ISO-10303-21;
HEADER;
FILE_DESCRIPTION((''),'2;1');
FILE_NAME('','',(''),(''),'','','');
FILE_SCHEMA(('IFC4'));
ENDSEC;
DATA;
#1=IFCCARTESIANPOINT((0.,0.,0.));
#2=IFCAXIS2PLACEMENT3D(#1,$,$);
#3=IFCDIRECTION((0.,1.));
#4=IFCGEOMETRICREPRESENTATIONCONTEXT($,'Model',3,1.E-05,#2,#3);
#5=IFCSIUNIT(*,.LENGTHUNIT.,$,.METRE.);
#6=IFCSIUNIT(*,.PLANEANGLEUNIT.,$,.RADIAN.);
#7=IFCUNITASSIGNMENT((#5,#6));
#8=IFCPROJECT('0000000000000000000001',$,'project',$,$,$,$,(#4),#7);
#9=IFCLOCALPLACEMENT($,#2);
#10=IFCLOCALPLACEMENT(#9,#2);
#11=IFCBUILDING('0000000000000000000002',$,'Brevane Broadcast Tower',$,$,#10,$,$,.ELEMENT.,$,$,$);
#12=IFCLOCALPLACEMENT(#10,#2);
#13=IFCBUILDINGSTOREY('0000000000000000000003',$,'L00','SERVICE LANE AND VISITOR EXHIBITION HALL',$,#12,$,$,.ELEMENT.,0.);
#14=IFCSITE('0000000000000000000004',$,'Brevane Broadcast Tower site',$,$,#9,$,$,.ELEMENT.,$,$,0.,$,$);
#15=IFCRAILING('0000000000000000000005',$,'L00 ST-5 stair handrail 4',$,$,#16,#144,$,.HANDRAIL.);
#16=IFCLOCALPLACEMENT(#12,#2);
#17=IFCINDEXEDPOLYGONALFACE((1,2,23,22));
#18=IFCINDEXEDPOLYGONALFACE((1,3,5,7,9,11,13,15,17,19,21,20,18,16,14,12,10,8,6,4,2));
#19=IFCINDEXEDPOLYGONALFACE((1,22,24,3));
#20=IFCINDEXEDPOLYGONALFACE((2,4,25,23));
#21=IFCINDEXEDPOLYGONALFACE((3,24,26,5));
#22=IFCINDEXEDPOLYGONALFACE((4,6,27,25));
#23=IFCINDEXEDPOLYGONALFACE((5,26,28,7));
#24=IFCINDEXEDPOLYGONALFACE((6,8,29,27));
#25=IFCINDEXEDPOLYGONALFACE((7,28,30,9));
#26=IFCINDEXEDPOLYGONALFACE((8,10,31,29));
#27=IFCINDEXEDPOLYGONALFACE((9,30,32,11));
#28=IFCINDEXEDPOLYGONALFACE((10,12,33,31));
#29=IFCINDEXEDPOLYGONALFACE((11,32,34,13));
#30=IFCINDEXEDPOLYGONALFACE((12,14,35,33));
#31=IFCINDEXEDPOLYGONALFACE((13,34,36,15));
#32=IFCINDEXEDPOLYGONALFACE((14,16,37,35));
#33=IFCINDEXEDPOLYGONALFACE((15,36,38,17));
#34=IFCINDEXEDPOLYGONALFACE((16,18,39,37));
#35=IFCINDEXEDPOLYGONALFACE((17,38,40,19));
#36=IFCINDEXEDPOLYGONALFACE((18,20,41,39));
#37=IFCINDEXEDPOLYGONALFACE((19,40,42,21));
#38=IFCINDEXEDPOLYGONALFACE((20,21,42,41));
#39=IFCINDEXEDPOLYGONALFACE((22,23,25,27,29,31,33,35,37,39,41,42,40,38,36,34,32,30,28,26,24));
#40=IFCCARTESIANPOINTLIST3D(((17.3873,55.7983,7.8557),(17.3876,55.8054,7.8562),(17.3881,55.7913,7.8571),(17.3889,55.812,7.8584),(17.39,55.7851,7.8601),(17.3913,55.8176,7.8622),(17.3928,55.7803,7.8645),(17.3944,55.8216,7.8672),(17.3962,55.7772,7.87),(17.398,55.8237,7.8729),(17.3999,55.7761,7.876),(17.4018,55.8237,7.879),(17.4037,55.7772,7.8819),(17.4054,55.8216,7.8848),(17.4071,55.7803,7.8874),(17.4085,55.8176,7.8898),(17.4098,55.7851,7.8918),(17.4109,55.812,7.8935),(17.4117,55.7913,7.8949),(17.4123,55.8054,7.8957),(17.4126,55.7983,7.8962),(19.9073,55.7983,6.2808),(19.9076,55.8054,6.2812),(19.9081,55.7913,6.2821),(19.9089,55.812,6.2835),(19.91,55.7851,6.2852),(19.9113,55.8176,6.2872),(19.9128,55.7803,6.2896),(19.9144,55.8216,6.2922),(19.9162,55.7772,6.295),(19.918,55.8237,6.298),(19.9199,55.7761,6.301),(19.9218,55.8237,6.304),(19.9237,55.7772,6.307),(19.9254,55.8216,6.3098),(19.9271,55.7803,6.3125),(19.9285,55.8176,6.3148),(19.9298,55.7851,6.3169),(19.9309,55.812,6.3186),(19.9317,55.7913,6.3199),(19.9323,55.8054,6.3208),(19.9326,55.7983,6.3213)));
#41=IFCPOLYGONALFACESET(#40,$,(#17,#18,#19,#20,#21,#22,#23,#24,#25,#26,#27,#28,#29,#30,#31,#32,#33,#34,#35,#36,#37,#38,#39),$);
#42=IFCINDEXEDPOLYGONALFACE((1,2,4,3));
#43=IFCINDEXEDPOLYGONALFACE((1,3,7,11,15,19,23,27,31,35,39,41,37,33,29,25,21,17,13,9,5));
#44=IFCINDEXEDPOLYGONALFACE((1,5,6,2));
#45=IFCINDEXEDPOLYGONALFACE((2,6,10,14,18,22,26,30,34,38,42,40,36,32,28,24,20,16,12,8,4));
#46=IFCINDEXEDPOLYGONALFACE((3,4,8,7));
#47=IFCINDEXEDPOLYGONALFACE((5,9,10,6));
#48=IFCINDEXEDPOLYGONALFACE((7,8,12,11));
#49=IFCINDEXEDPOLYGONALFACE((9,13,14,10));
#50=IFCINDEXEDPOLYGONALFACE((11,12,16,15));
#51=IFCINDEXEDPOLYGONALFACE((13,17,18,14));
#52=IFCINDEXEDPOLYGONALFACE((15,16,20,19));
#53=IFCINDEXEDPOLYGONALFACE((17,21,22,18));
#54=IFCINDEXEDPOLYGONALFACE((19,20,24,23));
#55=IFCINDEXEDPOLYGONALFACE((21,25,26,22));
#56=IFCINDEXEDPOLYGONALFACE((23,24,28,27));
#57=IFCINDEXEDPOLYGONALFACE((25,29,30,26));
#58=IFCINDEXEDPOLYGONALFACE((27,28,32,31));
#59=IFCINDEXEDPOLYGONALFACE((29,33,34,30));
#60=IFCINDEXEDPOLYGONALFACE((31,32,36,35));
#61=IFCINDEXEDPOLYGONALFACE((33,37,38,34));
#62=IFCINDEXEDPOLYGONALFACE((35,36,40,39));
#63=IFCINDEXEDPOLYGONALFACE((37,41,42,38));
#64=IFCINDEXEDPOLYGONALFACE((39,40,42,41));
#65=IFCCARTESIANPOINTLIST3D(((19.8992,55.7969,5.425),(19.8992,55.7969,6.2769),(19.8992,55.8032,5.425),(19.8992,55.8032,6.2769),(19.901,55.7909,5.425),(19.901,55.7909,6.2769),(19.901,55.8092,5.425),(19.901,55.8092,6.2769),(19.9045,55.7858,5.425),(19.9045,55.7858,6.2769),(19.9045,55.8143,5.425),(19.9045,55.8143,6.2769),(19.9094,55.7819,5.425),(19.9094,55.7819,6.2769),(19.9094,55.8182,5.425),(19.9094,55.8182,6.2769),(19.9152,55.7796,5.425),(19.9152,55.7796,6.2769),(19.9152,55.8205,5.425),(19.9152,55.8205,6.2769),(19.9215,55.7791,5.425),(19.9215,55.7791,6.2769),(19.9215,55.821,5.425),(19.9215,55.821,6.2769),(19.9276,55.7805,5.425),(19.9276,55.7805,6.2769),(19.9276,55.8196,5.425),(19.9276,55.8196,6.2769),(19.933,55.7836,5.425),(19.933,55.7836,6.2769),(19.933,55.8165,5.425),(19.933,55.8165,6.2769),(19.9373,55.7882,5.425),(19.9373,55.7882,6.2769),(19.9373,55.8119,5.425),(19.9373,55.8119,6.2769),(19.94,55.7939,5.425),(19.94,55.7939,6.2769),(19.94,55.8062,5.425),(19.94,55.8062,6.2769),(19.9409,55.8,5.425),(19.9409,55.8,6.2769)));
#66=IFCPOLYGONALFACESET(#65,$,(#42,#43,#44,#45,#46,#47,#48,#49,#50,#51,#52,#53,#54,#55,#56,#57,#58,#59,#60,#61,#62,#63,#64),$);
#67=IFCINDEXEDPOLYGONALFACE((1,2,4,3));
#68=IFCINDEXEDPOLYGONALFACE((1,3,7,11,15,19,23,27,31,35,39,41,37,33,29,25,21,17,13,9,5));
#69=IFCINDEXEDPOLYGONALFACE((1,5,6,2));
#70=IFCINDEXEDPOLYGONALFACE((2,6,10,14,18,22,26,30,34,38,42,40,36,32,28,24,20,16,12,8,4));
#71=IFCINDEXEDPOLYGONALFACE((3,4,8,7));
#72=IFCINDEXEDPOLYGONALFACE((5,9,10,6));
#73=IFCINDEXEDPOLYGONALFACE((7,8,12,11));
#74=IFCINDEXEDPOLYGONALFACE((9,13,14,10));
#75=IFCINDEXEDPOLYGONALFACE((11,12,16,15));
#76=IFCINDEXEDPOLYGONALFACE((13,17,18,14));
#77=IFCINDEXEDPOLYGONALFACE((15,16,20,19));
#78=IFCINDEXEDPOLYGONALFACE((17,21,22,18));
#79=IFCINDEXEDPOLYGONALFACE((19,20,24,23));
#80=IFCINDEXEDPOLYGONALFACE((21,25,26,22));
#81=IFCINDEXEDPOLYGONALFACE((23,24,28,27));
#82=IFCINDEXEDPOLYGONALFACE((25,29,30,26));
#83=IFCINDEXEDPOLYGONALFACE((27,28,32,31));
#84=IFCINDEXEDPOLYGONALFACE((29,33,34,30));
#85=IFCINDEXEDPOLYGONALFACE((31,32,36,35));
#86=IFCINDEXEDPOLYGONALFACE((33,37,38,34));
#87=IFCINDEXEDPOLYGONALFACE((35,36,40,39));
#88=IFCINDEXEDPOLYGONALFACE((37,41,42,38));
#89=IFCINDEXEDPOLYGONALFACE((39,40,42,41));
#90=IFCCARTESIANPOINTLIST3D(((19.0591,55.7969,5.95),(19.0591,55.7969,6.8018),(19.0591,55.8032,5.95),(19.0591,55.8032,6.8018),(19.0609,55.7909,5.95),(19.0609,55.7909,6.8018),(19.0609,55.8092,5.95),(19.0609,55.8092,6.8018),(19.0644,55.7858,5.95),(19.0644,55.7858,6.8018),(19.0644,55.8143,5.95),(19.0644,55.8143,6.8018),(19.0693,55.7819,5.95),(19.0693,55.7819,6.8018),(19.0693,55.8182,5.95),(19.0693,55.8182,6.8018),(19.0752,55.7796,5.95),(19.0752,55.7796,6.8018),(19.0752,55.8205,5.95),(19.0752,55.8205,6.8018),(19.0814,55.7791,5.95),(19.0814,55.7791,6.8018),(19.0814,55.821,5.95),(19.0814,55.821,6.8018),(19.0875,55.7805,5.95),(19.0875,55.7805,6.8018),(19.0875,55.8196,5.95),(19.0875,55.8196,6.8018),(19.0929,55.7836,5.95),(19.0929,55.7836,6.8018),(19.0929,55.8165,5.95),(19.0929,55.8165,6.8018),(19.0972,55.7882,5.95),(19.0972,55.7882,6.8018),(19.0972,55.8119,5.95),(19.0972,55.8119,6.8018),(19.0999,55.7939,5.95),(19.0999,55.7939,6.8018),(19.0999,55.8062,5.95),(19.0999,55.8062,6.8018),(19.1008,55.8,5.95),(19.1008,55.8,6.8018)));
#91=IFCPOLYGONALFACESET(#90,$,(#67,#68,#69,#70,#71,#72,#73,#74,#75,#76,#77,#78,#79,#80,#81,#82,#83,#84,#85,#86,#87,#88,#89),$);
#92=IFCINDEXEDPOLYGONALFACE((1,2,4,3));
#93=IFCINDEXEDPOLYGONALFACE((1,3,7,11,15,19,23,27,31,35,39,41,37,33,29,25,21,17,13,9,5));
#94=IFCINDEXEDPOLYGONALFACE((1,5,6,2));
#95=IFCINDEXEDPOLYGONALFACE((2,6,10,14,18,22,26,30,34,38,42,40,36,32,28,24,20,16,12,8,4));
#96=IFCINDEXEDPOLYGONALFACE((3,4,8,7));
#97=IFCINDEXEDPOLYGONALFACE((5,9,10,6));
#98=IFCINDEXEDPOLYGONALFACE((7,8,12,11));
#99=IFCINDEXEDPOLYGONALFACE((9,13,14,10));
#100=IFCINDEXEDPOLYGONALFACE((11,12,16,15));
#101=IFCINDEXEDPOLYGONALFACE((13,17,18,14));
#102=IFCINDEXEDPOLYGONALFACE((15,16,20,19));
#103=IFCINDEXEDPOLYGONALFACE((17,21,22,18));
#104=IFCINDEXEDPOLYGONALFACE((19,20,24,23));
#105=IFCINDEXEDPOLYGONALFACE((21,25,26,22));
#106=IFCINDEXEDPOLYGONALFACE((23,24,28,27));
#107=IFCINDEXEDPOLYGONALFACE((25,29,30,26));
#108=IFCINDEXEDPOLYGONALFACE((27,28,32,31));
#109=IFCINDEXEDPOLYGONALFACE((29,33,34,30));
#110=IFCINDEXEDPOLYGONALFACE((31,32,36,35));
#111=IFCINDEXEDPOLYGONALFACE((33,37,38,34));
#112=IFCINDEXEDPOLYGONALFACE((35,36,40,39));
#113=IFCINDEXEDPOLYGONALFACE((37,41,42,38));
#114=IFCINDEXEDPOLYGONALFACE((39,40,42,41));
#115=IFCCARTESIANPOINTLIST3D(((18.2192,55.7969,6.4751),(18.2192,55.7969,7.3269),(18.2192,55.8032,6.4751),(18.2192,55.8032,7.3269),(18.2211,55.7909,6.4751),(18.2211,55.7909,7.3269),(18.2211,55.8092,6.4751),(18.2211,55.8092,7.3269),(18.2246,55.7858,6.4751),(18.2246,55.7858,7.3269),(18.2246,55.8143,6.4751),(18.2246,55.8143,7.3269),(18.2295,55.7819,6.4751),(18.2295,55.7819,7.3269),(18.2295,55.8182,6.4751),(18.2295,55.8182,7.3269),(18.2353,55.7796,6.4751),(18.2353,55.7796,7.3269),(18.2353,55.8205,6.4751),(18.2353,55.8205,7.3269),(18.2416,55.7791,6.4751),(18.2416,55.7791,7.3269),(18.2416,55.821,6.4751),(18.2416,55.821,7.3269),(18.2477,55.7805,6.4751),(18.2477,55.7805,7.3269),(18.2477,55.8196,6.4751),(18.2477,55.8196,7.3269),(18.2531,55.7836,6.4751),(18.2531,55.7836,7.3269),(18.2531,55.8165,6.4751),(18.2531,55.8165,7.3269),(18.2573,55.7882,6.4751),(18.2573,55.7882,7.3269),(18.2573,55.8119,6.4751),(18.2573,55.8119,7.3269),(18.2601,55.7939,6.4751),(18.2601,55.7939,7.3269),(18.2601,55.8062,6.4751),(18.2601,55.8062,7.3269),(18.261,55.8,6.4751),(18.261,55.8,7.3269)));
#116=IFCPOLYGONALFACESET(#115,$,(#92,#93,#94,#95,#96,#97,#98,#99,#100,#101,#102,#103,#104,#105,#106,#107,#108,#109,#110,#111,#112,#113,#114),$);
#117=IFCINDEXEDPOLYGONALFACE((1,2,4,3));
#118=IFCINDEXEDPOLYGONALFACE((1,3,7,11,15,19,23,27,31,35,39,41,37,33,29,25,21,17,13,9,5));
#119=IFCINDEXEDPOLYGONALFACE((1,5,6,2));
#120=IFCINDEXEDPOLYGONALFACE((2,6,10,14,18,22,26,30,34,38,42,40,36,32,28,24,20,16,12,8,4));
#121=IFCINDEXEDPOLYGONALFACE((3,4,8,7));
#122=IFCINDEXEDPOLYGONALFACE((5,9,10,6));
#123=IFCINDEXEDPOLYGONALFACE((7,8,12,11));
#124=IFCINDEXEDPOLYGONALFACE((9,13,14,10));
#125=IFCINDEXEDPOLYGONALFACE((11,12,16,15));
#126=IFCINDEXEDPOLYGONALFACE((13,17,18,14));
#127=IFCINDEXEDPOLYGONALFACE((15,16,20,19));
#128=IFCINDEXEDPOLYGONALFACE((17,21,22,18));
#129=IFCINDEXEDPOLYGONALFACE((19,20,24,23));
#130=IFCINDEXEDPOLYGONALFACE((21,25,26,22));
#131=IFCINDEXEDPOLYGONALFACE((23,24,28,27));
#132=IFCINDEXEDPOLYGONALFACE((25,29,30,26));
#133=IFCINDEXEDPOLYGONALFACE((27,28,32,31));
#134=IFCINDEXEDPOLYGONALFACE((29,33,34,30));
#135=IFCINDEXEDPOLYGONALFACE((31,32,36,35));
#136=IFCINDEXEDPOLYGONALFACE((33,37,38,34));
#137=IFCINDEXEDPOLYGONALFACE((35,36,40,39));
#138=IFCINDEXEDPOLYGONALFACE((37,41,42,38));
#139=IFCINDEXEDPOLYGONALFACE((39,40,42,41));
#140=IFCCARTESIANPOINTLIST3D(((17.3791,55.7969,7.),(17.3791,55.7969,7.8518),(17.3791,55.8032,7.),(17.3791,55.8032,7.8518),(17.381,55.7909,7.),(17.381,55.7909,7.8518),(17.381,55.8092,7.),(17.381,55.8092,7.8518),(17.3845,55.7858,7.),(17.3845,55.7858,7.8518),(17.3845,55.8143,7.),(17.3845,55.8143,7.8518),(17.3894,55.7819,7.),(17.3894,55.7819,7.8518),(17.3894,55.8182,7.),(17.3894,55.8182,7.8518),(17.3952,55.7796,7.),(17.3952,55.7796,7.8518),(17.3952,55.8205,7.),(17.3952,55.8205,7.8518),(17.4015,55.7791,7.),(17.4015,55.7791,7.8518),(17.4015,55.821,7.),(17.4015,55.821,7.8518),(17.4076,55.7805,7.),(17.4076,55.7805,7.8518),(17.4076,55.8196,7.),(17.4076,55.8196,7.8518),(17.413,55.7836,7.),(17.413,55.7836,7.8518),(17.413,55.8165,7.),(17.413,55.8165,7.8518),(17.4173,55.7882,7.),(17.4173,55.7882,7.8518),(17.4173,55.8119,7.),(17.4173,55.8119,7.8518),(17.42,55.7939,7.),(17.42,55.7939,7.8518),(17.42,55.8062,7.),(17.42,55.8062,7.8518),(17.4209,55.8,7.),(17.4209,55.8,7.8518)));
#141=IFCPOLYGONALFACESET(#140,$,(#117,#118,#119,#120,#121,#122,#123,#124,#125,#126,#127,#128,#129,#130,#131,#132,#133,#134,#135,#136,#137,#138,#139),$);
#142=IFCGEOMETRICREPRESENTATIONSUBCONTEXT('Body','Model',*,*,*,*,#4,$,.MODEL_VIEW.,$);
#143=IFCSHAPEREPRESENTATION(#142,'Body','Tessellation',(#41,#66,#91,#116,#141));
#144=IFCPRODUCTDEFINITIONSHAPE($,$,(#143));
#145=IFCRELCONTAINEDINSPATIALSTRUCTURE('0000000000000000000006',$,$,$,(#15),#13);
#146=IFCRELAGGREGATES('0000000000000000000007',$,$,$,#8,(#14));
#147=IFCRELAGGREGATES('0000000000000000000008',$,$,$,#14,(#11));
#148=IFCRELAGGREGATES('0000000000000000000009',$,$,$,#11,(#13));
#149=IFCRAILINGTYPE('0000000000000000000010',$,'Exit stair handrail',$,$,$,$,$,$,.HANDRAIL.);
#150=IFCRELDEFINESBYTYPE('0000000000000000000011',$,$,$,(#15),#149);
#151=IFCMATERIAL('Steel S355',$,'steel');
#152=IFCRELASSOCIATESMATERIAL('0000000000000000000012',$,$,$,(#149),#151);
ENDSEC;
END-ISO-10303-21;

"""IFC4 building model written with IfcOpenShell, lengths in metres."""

from ifc_helpers import new_model, si_unit, direction, frame, origin, origin_2d, place, context, subcontext, project, spatial, circle, extrude, material, type_object, element, save


model = new_model("IFC4")

# Units and contexts
model_context = context("Model", 3, precision=1e-05, world=origin(), true_north=direction((0.0, 1.0)))
body_context = subcontext(model_context, "Body", "Model", "MODEL_VIEW")
ifc_project = project(units=[si_unit("LENGTHUNIT", "METRE"), si_unit("PLANEANGLEUNIT", "RADIAN")], contexts=[model_context])

# Site, building, storey
site_placement = place(None, origin())
site = spatial("IfcSite", under=ifc_project, at=site_placement, Name="Brevane Broadcast Tower site", CompositionType="ELEMENT", RefElevation=0.0)
building_placement = place(site_placement, origin())
building = spatial("IfcBuilding", under=site, at=building_placement, Name="Brevane Broadcast Tower", CompositionType="ELEMENT")
storey_placement = place(building_placement, origin())
storey = spatial("IfcBuildingStorey", under=building, at=storey_placement, Name="L00", Description="SERVICE LANE AND VISITOR EXHIBITION HALL", CompositionType="ELEMENT", Elevation=0.0)

# Railing
ifc_material_1 = material(Name="Steel S355", Category="steel")
railing_type = type_object("IfcRailingType", Name="Exit stair handrail", PredefinedType="HANDRAIL", material=ifc_material_1)
for number, where, name in (
    (1, (19.9199, 55.8, 5.425), "L00 ST-5 stair handrail 4"),
):
    element("IfcRailing", number, at=place(storey_placement, frame(where)), inside=storey, type_object=railing_type, Name=name, PredefinedType="HANDRAIL", context=body_context, shape_type="SweptSolid", body=[
        extrude(circle(Radius=0.0239, at=origin_2d()), frame((0.0, 0.0, 0.876), z_axis=(-0.848008, 0.0, 0.529984), x_axis=(0.0, -1.0, 0.0)), (0.0, 0.0, 1.0), 2.9717),
        extrude(circle(Radius=0.021, at=origin_2d()), origin(), (0.0, 0.0, 1.0), 0.8518),
        extrude(circle(Radius=0.021, at=origin_2d()), frame((-0.8401, 0.0, 0.5249)), (0.0, 0.0, 1.0), 0.8518),
        extrude(circle(Radius=0.021, at=origin_2d()), frame((-1.6799, 0.0, 1.05)), (0.0, 0.0, 1.0), 0.8518),
        extrude(circle(Radius=0.021, at=origin_2d()), frame((-2.52, 0.0, 1.575)), (0.0, 0.0, 1.0), 0.8518),
    ])

save(model, "model.ifc")
